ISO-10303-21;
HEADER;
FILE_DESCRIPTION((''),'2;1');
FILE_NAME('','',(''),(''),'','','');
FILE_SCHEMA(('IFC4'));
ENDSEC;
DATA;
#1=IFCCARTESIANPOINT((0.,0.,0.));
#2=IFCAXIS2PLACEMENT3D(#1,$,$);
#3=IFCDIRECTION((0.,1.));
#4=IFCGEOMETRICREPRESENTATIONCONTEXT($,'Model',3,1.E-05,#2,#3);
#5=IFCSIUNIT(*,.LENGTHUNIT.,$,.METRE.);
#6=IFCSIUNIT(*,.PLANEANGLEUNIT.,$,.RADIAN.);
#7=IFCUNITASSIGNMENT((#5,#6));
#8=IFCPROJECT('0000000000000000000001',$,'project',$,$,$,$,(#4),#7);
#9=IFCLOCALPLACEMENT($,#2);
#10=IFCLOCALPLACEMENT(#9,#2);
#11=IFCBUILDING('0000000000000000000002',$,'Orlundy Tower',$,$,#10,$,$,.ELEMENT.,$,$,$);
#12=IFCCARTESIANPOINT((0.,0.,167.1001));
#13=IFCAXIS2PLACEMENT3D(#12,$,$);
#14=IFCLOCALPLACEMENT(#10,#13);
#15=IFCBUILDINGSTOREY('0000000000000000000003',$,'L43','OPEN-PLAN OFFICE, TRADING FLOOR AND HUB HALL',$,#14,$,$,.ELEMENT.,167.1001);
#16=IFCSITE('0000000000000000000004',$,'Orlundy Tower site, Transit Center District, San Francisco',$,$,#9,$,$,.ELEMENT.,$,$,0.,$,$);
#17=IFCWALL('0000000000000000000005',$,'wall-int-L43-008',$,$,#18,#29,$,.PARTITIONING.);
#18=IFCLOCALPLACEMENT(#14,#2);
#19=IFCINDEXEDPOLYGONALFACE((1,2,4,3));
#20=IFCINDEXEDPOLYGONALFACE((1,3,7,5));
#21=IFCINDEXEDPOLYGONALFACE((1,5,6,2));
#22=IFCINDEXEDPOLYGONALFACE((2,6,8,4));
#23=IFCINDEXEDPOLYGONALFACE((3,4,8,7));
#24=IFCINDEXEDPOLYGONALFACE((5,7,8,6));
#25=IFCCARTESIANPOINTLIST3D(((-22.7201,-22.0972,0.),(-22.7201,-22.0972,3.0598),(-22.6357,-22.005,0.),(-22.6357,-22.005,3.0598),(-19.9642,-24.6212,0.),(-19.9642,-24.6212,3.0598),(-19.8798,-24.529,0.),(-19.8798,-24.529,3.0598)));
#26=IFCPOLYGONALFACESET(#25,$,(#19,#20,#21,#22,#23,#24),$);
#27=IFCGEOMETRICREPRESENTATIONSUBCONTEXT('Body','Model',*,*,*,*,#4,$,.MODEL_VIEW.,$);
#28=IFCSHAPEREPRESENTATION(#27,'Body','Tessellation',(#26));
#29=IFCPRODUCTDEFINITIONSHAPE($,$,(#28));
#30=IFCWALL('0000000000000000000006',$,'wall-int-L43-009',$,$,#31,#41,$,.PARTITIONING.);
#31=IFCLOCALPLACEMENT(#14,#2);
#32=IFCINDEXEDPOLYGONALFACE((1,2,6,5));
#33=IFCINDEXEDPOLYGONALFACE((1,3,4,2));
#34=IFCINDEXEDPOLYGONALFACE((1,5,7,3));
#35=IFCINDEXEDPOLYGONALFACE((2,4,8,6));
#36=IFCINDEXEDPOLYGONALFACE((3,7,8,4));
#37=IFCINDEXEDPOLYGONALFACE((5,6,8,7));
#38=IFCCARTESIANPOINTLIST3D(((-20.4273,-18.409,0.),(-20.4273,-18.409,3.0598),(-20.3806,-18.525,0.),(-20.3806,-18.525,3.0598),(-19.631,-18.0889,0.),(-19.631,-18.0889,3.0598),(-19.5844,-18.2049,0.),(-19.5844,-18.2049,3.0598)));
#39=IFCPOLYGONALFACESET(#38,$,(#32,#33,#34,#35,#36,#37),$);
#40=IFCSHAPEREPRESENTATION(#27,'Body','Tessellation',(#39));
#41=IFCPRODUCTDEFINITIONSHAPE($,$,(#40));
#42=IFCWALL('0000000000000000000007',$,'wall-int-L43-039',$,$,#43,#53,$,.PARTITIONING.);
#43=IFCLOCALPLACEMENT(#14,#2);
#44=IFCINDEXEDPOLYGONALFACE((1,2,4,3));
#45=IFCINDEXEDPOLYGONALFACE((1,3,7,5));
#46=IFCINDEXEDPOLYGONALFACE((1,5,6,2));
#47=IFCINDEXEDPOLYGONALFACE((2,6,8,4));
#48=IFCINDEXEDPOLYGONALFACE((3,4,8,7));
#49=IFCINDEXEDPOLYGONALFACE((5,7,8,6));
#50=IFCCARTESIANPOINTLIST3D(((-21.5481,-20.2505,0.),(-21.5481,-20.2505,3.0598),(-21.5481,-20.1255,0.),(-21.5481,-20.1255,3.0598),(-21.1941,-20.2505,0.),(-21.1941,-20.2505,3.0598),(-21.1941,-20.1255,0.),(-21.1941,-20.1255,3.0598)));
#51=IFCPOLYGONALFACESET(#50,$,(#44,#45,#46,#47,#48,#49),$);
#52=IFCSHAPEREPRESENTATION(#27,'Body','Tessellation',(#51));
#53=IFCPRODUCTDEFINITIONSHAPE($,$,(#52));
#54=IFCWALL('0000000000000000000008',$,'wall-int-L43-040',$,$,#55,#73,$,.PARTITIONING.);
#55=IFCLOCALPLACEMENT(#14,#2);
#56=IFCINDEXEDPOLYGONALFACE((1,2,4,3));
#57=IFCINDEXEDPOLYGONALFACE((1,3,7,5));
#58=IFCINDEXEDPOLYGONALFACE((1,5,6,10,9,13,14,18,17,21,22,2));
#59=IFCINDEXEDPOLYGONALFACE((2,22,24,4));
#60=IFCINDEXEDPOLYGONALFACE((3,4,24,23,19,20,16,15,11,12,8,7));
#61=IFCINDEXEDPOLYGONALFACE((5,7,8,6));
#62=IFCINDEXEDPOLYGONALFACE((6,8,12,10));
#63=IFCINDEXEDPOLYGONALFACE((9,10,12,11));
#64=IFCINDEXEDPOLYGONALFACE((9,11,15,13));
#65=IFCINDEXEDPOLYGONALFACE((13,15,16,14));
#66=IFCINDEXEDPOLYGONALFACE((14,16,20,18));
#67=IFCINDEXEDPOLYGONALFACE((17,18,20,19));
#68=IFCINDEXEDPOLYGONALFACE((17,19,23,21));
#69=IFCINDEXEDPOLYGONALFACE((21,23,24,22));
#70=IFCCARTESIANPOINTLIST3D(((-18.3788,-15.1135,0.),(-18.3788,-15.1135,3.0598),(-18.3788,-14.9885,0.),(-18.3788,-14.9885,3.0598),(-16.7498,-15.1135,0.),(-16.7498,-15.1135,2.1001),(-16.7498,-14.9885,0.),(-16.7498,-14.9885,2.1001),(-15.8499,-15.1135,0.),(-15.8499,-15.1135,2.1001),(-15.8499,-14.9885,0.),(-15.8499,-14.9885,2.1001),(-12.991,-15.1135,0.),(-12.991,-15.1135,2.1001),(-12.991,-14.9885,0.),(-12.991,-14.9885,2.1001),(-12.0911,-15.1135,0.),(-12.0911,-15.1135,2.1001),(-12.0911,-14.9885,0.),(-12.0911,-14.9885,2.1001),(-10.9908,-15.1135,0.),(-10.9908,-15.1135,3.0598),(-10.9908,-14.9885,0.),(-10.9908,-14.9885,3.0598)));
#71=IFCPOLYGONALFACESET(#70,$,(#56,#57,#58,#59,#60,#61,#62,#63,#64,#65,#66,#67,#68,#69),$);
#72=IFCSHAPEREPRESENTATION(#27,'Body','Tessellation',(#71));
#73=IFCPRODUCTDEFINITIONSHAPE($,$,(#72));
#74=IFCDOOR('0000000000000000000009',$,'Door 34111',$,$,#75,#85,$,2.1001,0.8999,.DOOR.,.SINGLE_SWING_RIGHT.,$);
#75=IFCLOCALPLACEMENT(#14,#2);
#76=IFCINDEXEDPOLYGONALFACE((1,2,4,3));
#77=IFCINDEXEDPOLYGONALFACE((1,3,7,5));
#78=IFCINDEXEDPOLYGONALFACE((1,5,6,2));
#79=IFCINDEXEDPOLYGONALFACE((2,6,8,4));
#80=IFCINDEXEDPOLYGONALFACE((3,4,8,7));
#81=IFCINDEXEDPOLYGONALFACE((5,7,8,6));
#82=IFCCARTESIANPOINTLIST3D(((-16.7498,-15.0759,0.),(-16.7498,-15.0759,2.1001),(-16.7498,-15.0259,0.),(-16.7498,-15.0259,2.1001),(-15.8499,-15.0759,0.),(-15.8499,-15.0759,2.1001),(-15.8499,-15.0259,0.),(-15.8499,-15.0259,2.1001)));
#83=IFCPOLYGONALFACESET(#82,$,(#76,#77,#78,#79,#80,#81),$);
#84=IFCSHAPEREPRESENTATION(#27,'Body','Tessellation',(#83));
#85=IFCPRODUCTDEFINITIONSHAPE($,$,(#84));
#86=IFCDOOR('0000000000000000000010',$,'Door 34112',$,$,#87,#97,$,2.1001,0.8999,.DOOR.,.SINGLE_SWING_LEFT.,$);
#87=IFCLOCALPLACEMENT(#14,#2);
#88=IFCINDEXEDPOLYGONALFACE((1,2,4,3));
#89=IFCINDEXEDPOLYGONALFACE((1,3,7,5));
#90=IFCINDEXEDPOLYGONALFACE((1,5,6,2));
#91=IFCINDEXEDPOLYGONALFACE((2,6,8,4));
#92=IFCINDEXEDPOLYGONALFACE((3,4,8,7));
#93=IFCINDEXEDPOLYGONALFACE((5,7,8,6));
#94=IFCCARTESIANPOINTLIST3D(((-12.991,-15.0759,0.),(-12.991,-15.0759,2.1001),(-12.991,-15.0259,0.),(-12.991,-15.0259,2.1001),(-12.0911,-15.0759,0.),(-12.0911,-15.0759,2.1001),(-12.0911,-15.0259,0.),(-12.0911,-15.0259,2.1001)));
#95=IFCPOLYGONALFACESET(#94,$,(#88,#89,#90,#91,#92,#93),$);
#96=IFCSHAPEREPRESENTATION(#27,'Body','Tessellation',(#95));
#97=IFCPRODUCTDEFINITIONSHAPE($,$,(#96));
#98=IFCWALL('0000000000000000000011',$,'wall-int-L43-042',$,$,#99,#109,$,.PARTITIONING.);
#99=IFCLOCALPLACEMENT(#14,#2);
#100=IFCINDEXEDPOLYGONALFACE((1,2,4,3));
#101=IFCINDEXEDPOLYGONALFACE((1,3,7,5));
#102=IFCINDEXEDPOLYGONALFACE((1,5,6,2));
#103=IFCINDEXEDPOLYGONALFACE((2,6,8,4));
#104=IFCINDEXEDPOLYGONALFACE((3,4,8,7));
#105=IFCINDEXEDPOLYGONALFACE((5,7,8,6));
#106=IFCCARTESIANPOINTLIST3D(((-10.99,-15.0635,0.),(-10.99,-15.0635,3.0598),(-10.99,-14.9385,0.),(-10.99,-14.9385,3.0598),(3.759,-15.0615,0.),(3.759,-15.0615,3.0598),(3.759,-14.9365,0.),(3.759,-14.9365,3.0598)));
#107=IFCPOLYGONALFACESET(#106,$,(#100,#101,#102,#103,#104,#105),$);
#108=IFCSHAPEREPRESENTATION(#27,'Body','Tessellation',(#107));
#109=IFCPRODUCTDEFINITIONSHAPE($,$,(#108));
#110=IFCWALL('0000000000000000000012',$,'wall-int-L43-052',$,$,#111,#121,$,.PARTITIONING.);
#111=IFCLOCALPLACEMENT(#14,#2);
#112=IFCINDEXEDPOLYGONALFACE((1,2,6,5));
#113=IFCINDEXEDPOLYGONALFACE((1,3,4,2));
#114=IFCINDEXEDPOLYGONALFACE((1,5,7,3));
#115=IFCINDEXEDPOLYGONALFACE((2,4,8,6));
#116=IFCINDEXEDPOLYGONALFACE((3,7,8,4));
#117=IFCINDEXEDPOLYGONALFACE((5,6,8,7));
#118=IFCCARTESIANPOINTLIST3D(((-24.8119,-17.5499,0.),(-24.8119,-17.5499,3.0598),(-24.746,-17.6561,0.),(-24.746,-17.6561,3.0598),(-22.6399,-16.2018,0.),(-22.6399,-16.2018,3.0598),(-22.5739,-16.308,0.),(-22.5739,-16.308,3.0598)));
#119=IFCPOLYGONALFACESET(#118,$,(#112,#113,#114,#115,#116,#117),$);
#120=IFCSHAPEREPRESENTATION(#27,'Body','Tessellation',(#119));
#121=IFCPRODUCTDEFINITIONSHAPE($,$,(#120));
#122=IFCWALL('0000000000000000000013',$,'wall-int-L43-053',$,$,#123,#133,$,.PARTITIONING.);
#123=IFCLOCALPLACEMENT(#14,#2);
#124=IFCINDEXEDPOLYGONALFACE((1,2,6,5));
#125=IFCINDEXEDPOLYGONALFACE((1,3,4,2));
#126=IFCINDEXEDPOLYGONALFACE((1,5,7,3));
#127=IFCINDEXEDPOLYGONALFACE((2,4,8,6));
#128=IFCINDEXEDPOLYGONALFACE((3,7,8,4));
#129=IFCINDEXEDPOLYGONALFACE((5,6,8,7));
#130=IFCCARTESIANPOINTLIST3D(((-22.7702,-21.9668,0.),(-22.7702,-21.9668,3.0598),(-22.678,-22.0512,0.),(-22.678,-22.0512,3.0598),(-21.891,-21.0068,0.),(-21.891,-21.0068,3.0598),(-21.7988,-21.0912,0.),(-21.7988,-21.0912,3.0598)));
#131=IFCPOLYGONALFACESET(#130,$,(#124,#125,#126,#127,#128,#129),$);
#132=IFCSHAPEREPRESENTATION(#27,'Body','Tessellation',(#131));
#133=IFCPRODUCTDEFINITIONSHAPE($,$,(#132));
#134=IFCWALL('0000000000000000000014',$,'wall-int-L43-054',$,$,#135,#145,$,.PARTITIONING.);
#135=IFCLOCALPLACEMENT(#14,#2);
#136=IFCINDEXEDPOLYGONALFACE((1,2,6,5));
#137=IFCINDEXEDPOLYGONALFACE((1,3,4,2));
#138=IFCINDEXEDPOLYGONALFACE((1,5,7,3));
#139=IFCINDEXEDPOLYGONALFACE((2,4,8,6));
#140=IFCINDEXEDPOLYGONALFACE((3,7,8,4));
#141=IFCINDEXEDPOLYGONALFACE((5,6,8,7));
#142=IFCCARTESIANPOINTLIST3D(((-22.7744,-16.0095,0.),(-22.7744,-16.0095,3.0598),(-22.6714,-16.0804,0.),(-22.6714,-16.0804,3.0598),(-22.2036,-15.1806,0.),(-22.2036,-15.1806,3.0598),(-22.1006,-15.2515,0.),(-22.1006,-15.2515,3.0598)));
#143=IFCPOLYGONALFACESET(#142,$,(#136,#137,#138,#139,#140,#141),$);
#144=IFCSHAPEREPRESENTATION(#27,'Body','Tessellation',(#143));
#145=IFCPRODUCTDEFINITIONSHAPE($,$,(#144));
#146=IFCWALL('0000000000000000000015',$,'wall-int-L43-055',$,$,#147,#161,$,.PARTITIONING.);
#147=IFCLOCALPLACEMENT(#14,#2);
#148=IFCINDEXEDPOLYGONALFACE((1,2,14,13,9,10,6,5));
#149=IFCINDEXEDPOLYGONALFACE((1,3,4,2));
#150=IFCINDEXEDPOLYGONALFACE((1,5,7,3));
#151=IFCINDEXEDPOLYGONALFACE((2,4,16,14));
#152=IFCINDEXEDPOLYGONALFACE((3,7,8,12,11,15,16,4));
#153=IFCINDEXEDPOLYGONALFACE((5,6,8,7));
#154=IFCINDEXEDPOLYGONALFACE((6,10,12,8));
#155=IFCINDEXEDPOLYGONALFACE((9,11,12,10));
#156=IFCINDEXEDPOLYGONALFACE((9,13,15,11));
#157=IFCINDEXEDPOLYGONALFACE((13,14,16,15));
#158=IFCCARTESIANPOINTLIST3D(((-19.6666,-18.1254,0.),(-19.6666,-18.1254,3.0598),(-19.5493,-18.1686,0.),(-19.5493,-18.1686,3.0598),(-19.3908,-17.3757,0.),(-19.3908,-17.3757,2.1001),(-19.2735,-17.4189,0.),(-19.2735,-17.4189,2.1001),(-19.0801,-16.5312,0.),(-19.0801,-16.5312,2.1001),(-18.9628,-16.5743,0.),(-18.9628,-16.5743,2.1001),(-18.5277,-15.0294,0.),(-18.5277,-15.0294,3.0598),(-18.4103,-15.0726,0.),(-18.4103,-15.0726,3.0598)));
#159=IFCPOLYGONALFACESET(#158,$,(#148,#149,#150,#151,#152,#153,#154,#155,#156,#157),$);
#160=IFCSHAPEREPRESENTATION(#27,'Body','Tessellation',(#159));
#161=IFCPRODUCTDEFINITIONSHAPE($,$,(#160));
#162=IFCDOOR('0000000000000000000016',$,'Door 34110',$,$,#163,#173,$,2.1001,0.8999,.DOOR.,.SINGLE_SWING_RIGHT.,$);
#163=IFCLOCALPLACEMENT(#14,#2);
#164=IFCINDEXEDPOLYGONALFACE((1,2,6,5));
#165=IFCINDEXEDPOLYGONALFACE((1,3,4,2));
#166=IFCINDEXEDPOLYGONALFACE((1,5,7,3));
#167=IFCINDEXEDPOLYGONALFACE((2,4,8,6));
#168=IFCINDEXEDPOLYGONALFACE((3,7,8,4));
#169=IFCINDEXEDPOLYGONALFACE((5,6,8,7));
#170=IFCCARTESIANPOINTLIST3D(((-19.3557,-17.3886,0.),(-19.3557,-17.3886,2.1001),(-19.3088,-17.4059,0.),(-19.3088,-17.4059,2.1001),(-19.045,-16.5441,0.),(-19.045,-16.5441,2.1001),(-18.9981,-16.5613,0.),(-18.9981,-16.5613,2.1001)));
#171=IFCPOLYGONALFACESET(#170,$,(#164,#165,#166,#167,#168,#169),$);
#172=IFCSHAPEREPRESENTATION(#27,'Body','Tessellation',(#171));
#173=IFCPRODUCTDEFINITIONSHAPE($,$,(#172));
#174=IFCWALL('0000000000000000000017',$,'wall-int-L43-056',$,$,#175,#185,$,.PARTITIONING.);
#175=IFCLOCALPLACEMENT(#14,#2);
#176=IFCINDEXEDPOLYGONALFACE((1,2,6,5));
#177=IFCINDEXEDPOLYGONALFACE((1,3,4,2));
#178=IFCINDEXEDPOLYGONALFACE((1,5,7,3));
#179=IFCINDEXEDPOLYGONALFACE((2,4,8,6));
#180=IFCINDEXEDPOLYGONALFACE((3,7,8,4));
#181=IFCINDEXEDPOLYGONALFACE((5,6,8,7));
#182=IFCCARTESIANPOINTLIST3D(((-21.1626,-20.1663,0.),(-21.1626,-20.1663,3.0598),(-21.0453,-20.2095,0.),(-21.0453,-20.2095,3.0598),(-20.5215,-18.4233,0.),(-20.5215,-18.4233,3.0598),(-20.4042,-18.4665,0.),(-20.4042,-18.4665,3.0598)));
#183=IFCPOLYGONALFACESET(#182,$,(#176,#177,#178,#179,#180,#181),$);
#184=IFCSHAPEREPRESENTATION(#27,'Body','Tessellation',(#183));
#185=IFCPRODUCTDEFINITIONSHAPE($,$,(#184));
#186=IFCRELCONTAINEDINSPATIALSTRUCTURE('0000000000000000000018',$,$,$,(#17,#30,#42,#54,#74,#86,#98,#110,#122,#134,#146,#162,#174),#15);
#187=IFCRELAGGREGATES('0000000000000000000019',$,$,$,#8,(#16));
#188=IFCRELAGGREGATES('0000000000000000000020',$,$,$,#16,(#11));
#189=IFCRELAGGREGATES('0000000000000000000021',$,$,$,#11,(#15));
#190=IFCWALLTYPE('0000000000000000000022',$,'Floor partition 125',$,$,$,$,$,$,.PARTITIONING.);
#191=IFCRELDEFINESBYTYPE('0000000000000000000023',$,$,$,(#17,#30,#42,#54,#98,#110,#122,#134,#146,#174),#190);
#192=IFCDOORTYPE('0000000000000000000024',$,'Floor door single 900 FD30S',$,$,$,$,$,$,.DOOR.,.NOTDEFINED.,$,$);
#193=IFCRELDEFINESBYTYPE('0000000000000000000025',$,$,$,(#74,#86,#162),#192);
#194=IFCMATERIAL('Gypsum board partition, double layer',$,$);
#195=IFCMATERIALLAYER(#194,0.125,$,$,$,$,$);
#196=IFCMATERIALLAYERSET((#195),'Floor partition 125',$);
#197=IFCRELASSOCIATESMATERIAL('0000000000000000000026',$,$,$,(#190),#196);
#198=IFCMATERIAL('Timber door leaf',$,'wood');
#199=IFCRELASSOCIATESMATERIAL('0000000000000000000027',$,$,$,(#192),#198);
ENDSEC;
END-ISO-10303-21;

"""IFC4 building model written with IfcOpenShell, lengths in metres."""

from ifc_helpers import new_model, si_unit, direction, frame, frame_2d, origin, place, context, subcontext, project, spatial, rectangle, extrude, material, layer, layer_set, type_object, element, fill, save


model = new_model("IFC4")

# Units and contexts
model_context = context("Model", 3, precision=1e-05, world=origin(), true_north=direction((0.0, 1.0)))
body_context = subcontext(model_context, "Body", "Model", "MODEL_VIEW")
ifc_project = project(units=[si_unit("LENGTHUNIT", "METRE"), si_unit("PLANEANGLEUNIT", "RADIAN")], contexts=[model_context])

# Site, building, storey
site_placement = place(None, origin())
site = spatial("IfcSite", under=ifc_project, at=site_placement, Name="Orlundy Tower site, Transit Center District, San Francisco", CompositionType="ELEMENT", RefElevation=0.0)
building_placement = place(site_placement, origin())
building = spatial("IfcBuilding", under=site, at=building_placement, Name="Orlundy Tower", CompositionType="ELEMENT")
storey_placement = place(building_placement, frame((0.0, 0.0, 167.1001)))
storey = spatial("IfcBuildingStorey", under=building, at=storey_placement, Name="L43", Description="OPEN-PLAN OFFICE, TRADING FLOOR AND HUB HALL", CompositionType="ELEMENT", Elevation=167.1001)

# Walls
ifc_material_1 = material(Name="Gypsum board partition, double layer")
ifc_layer_1 = layer(ifc_material_1, 0.125)
ifc_layer_set_1 = layer_set([ifc_layer_1], Name="Floor partition 125")
wall_type = type_object("IfcWallType", Name="Floor partition 125", PredefinedType="PARTITIONING", material=ifc_layer_set_1)
wall_1_placement = place(storey_placement, frame((-22.678, -22.051, 0.0), z_axis=(0.0, 0.0, 1.0), x_axis=(0.737458, -0.675393, 0.0)))
element("IfcWall", 1, at=wall_1_placement, inside=storey, type_object=wall_type, Name="wall-int-L43-008", PredefinedType="PARTITIONING", context=body_context, shape_type="SweptSolid", body=[
    extrude(rectangle(XDim=3.7371, YDim=0.125, at=frame_2d((1.8687, 0.0))), origin(), (0.0, 0.0, 1.0), 3.0598),
])
wall_2_placement = place(storey_placement, frame((-20.4041, -18.467, 0.0), z_axis=(0.0, 0.0, 1.0), x_axis=(0.927828, 0.373009, 0.0)))
element("IfcWall", 2, at=wall_2_placement, inside=storey, type_object=wall_type, Name="wall-int-L43-009", PredefinedType="PARTITIONING", context=body_context, shape_type="SweptSolid", body=[
    extrude(rectangle(XDim=0.8582, YDim=0.125, at=frame_2d((0.4292, 0.0))), origin(), (0.0, 0.0, 1.0), 3.0598),
])
wall_3_placement = place(storey_placement, frame((-21.5481, -20.188, 0.0), z_axis=(0.0, 0.0, 1.0), x_axis=(1.0, 0.0, 0.0)))
element("IfcWall", 3, at=wall_3_placement, inside=storey, type_object=wall_type, Name="wall-int-L43-039", PredefinedType="PARTITIONING", context=body_context, shape_type="SweptSolid", body=[
    extrude(rectangle(XDim=0.354, YDim=0.125, at=frame_2d((0.177, 0.0))), origin(), (0.0, 0.0, 1.0), 3.0598),
])

# Wall, openings, doors
wall_4_placement = place(storey_placement, frame((-10.991, -15.051, 0.0), z_axis=(0.0, 0.0, 1.0), x_axis=(-1.0, 0.0, 0.0)))
wall_4 = element("IfcWall", 4, at=wall_4_placement, inside=storey, type_object=wall_type, Name="wall-int-L43-040", PredefinedType="PARTITIONING", context=body_context, shape_type="SweptSolid", body=[
    extrude(rectangle(XDim=7.3879, YDim=0.125, at=frame_2d((3.6938, 0.0))), origin(), (0.0, 0.0, 1.0), 3.0598),
])
opening_1_placement = place(wall_4_placement, frame((4.8589, 0.0, 0.0)))
opening_1 = element("IfcOpeningElement", 5, at=opening_1_placement, cuts=wall_4, PredefinedType="OPENING", context=body_context, shape_type="SweptSolid", body=[
    extrude(rectangle(XDim=0.8999, YDim=2.1001, at=frame_2d((0.45, 1.05))), frame((0.0, 0.0725, 0.0), z_axis=(0.0, -1.0, 0.0), x_axis=(1.0, 0.0, 0.0)), (0.0, 0.0, 1.0), 0.145),
])
opening_2_placement = place(wall_4_placement, frame((1.1001, 0.0, 0.0)))
opening_2 = element("IfcOpeningElement", 6, at=opening_2_placement, cuts=wall_4, PredefinedType="OPENING", context=body_context, shape_type="SweptSolid", body=[
    extrude(rectangle(XDim=0.8999, YDim=2.1001, at=frame_2d((0.45, 1.05))), frame((0.0, 0.0725, 0.0), z_axis=(0.0, -1.0, 0.0), x_axis=(1.0, 0.0, 0.0)), (0.0, 0.0, 1.0), 0.145),
])
ifc_material_2 = material(Name="Timber door leaf", Category="wood")
door_type_1 = type_object("IfcDoorType", Name="Floor door single 900 FD30S", OperationType="NOTDEFINED", PredefinedType="DOOR", material=ifc_material_2)
door_1_placement = place(opening_1_placement, origin())
door_1 = element("IfcDoor", 7, at=door_1_placement, inside=storey, type_object=door_type_1, Name="Door 34111", OperationType="SINGLE_SWING_RIGHT", OverallHeight=2.1001, OverallWidth=0.8999, PredefinedType="DOOR", context=body_context, shape_type="SweptSolid", body=[
    extrude(rectangle(XDim=0.8999, YDim=2.1001, at=frame_2d((0.45, 1.05))), frame((0.0, 0.0249, 0.0), z_axis=(0.0, -1.0, 0.0), x_axis=(1.0, 0.0, 0.0)), (0.0, 0.0, 1.0), 0.05),
])
fill(opening_1, door_1)
door_2_placement = place(opening_2_placement, origin())
door_2 = element("IfcDoor", 8, at=door_2_placement, inside=storey, type_object=door_type_1, Name="Door 34112", OperationType="SINGLE_SWING_LEFT", OverallHeight=2.1001, OverallWidth=0.8999, PredefinedType="DOOR", context=body_context, shape_type="SweptSolid", body=[
    extrude(rectangle(XDim=0.8999, YDim=2.1001, at=frame_2d((0.45, 1.05))), frame((0.0, 0.0249, 0.0), z_axis=(0.0, -1.0, 0.0), x_axis=(1.0, 0.0, 0.0)), (0.0, 0.0, 1.0), 0.05),
])
fill(opening_2, door_2)

# Walls
wall_5_placement = place(storey_placement, frame((-10.99, -15.001, 0.0), z_axis=(0.0, 0.0, 1.0), x_axis=(1.0, 0.000132, 0.0)))
element("IfcWall", 9, at=wall_5_placement, inside=storey, type_object=wall_type, Name="wall-int-L43-042", PredefinedType="PARTITIONING", context=body_context, shape_type="SweptSolid", body=[
    extrude(rectangle(XDim=14.749, YDim=0.125, at=frame_2d((7.3745, 0.0))), origin(), (0.0, 0.0, 1.0), 3.0598),
])
wall_6_placement = place(storey_placement, frame((-24.7791, -17.603, 0.0), z_axis=(0.0, 0.0, 1.0), x_axis=(0.849652, 0.527344, 0.0)))
element("IfcWall", 10, at=wall_6_placement, inside=storey, type_object=wall_type, Name="wall-int-L43-052", PredefinedType="PARTITIONING", context=body_context, shape_type="SweptSolid", body=[
    extrude(rectangle(XDim=2.5564, YDim=0.125, at=frame_2d((1.2783, 0.0))), origin(), (0.0, 0.0, 1.0), 3.0598),
])
wall_7_placement = place(storey_placement, frame((-22.7241, -22.009, 0.0), z_axis=(0.0, 0.0, 1.0), x_axis=(0.675385, 0.737465, 0.0)))
element("IfcWall", 11, at=wall_7_placement, inside=storey, type_object=wall_type, Name="wall-int-L43-053", PredefinedType="PARTITIONING", context=body_context, shape_type="SweptSolid", body=[
    extrude(rectangle(XDim=1.3018, YDim=0.125, at=frame_2d((0.6509, 0.0))), origin(), (0.0, 0.0, 1.0), 3.0598),
])
wall_8_placement = place(storey_placement, frame((-22.7229, -16.0449, 0.0), z_axis=(0.0, 0.0, 1.0), x_axis=(0.567177, 0.823596, 0.0)))
element("IfcWall", 12, at=wall_8_placement, inside=storey, type_object=wall_type, Name="wall-int-L43-054", PredefinedType="PARTITIONING", context=body_context, shape_type="SweptSolid", body=[
    extrude(rectangle(XDim=1.0063, YDim=0.125, at=frame_2d((0.5032, 0.0))), origin(), (0.0, 0.0, 1.0), 3.0598),
])

# Wall, opening, door
wall_9_placement = place(storey_placement, frame((-18.469, -15.051, 0.0), z_axis=(0.0, 0.0, 1.0), x_axis=(-0.345253, -0.93851, 0.0)))
wall_9 = element("IfcWall", 13, at=wall_9_placement, inside=storey, type_object=wall_type, Name="wall-int-L43-055", PredefinedType="PARTITIONING", context=body_context, shape_type="SweptSolid", body=[
    extrude(rectangle(XDim=3.2988, YDim=0.125, at=frame_2d((1.6494, 0.0))), origin(), (0.0, 0.0, 1.0), 3.0598),
])
opening_3_placement = place(wall_9_placement, frame((1.6001, 0.0, 0.0)))
opening_3 = element("IfcOpeningElement", 14, at=opening_3_placement, cuts=wall_9, PredefinedType="OPENING", context=body_context, shape_type="SweptSolid", body=[
    extrude(rectangle(XDim=0.8999, YDim=2.1001, at=frame_2d((0.45, 1.05))), frame((0.0, 0.0725, 0.0), z_axis=(0.0, -1.0, 0.0), x_axis=(1.0, 0.0, 0.0)), (0.0, 0.0, 1.0), 0.145),
])
door_3_placement = place(opening_3_placement, origin())
door_3 = element("IfcDoor", 15, at=door_3_placement, inside=storey, type_object=door_type_1, Name="Door 34110", OperationType="SINGLE_SWING_RIGHT", OverallHeight=2.1001, OverallWidth=0.8999, PredefinedType="DOOR", context=body_context, shape_type="SweptSolid", body=[
    extrude(rectangle(XDim=0.8999, YDim=2.1001, at=frame_2d((0.45, 1.05))), frame((0.0, 0.0249, 0.0), z_axis=(0.0, -1.0, 0.0), x_axis=(1.0, 0.0, 0.0)), (0.0, 0.0, 1.0), 0.05),
])
fill(opening_3, door_3)

# Wall
wall_10_placement = place(storey_placement, frame((-21.104, -20.188, 0.0), z_axis=(0.0, 0.0, 1.0), x_axis=(0.345224, 0.93852, 0.0)))
element("IfcWall", 16, at=wall_10_placement, inside=storey, type_object=wall_type, Name="wall-int-L43-056", PredefinedType="PARTITIONING", context=body_context, shape_type="SweptSolid", body=[
    extrude(rectangle(XDim=1.8572, YDim=0.125, at=frame_2d((0.9287, 0.0))), origin(), (0.0, 0.0, 1.0), 3.0598),
])

save(model, "model.ifc")
